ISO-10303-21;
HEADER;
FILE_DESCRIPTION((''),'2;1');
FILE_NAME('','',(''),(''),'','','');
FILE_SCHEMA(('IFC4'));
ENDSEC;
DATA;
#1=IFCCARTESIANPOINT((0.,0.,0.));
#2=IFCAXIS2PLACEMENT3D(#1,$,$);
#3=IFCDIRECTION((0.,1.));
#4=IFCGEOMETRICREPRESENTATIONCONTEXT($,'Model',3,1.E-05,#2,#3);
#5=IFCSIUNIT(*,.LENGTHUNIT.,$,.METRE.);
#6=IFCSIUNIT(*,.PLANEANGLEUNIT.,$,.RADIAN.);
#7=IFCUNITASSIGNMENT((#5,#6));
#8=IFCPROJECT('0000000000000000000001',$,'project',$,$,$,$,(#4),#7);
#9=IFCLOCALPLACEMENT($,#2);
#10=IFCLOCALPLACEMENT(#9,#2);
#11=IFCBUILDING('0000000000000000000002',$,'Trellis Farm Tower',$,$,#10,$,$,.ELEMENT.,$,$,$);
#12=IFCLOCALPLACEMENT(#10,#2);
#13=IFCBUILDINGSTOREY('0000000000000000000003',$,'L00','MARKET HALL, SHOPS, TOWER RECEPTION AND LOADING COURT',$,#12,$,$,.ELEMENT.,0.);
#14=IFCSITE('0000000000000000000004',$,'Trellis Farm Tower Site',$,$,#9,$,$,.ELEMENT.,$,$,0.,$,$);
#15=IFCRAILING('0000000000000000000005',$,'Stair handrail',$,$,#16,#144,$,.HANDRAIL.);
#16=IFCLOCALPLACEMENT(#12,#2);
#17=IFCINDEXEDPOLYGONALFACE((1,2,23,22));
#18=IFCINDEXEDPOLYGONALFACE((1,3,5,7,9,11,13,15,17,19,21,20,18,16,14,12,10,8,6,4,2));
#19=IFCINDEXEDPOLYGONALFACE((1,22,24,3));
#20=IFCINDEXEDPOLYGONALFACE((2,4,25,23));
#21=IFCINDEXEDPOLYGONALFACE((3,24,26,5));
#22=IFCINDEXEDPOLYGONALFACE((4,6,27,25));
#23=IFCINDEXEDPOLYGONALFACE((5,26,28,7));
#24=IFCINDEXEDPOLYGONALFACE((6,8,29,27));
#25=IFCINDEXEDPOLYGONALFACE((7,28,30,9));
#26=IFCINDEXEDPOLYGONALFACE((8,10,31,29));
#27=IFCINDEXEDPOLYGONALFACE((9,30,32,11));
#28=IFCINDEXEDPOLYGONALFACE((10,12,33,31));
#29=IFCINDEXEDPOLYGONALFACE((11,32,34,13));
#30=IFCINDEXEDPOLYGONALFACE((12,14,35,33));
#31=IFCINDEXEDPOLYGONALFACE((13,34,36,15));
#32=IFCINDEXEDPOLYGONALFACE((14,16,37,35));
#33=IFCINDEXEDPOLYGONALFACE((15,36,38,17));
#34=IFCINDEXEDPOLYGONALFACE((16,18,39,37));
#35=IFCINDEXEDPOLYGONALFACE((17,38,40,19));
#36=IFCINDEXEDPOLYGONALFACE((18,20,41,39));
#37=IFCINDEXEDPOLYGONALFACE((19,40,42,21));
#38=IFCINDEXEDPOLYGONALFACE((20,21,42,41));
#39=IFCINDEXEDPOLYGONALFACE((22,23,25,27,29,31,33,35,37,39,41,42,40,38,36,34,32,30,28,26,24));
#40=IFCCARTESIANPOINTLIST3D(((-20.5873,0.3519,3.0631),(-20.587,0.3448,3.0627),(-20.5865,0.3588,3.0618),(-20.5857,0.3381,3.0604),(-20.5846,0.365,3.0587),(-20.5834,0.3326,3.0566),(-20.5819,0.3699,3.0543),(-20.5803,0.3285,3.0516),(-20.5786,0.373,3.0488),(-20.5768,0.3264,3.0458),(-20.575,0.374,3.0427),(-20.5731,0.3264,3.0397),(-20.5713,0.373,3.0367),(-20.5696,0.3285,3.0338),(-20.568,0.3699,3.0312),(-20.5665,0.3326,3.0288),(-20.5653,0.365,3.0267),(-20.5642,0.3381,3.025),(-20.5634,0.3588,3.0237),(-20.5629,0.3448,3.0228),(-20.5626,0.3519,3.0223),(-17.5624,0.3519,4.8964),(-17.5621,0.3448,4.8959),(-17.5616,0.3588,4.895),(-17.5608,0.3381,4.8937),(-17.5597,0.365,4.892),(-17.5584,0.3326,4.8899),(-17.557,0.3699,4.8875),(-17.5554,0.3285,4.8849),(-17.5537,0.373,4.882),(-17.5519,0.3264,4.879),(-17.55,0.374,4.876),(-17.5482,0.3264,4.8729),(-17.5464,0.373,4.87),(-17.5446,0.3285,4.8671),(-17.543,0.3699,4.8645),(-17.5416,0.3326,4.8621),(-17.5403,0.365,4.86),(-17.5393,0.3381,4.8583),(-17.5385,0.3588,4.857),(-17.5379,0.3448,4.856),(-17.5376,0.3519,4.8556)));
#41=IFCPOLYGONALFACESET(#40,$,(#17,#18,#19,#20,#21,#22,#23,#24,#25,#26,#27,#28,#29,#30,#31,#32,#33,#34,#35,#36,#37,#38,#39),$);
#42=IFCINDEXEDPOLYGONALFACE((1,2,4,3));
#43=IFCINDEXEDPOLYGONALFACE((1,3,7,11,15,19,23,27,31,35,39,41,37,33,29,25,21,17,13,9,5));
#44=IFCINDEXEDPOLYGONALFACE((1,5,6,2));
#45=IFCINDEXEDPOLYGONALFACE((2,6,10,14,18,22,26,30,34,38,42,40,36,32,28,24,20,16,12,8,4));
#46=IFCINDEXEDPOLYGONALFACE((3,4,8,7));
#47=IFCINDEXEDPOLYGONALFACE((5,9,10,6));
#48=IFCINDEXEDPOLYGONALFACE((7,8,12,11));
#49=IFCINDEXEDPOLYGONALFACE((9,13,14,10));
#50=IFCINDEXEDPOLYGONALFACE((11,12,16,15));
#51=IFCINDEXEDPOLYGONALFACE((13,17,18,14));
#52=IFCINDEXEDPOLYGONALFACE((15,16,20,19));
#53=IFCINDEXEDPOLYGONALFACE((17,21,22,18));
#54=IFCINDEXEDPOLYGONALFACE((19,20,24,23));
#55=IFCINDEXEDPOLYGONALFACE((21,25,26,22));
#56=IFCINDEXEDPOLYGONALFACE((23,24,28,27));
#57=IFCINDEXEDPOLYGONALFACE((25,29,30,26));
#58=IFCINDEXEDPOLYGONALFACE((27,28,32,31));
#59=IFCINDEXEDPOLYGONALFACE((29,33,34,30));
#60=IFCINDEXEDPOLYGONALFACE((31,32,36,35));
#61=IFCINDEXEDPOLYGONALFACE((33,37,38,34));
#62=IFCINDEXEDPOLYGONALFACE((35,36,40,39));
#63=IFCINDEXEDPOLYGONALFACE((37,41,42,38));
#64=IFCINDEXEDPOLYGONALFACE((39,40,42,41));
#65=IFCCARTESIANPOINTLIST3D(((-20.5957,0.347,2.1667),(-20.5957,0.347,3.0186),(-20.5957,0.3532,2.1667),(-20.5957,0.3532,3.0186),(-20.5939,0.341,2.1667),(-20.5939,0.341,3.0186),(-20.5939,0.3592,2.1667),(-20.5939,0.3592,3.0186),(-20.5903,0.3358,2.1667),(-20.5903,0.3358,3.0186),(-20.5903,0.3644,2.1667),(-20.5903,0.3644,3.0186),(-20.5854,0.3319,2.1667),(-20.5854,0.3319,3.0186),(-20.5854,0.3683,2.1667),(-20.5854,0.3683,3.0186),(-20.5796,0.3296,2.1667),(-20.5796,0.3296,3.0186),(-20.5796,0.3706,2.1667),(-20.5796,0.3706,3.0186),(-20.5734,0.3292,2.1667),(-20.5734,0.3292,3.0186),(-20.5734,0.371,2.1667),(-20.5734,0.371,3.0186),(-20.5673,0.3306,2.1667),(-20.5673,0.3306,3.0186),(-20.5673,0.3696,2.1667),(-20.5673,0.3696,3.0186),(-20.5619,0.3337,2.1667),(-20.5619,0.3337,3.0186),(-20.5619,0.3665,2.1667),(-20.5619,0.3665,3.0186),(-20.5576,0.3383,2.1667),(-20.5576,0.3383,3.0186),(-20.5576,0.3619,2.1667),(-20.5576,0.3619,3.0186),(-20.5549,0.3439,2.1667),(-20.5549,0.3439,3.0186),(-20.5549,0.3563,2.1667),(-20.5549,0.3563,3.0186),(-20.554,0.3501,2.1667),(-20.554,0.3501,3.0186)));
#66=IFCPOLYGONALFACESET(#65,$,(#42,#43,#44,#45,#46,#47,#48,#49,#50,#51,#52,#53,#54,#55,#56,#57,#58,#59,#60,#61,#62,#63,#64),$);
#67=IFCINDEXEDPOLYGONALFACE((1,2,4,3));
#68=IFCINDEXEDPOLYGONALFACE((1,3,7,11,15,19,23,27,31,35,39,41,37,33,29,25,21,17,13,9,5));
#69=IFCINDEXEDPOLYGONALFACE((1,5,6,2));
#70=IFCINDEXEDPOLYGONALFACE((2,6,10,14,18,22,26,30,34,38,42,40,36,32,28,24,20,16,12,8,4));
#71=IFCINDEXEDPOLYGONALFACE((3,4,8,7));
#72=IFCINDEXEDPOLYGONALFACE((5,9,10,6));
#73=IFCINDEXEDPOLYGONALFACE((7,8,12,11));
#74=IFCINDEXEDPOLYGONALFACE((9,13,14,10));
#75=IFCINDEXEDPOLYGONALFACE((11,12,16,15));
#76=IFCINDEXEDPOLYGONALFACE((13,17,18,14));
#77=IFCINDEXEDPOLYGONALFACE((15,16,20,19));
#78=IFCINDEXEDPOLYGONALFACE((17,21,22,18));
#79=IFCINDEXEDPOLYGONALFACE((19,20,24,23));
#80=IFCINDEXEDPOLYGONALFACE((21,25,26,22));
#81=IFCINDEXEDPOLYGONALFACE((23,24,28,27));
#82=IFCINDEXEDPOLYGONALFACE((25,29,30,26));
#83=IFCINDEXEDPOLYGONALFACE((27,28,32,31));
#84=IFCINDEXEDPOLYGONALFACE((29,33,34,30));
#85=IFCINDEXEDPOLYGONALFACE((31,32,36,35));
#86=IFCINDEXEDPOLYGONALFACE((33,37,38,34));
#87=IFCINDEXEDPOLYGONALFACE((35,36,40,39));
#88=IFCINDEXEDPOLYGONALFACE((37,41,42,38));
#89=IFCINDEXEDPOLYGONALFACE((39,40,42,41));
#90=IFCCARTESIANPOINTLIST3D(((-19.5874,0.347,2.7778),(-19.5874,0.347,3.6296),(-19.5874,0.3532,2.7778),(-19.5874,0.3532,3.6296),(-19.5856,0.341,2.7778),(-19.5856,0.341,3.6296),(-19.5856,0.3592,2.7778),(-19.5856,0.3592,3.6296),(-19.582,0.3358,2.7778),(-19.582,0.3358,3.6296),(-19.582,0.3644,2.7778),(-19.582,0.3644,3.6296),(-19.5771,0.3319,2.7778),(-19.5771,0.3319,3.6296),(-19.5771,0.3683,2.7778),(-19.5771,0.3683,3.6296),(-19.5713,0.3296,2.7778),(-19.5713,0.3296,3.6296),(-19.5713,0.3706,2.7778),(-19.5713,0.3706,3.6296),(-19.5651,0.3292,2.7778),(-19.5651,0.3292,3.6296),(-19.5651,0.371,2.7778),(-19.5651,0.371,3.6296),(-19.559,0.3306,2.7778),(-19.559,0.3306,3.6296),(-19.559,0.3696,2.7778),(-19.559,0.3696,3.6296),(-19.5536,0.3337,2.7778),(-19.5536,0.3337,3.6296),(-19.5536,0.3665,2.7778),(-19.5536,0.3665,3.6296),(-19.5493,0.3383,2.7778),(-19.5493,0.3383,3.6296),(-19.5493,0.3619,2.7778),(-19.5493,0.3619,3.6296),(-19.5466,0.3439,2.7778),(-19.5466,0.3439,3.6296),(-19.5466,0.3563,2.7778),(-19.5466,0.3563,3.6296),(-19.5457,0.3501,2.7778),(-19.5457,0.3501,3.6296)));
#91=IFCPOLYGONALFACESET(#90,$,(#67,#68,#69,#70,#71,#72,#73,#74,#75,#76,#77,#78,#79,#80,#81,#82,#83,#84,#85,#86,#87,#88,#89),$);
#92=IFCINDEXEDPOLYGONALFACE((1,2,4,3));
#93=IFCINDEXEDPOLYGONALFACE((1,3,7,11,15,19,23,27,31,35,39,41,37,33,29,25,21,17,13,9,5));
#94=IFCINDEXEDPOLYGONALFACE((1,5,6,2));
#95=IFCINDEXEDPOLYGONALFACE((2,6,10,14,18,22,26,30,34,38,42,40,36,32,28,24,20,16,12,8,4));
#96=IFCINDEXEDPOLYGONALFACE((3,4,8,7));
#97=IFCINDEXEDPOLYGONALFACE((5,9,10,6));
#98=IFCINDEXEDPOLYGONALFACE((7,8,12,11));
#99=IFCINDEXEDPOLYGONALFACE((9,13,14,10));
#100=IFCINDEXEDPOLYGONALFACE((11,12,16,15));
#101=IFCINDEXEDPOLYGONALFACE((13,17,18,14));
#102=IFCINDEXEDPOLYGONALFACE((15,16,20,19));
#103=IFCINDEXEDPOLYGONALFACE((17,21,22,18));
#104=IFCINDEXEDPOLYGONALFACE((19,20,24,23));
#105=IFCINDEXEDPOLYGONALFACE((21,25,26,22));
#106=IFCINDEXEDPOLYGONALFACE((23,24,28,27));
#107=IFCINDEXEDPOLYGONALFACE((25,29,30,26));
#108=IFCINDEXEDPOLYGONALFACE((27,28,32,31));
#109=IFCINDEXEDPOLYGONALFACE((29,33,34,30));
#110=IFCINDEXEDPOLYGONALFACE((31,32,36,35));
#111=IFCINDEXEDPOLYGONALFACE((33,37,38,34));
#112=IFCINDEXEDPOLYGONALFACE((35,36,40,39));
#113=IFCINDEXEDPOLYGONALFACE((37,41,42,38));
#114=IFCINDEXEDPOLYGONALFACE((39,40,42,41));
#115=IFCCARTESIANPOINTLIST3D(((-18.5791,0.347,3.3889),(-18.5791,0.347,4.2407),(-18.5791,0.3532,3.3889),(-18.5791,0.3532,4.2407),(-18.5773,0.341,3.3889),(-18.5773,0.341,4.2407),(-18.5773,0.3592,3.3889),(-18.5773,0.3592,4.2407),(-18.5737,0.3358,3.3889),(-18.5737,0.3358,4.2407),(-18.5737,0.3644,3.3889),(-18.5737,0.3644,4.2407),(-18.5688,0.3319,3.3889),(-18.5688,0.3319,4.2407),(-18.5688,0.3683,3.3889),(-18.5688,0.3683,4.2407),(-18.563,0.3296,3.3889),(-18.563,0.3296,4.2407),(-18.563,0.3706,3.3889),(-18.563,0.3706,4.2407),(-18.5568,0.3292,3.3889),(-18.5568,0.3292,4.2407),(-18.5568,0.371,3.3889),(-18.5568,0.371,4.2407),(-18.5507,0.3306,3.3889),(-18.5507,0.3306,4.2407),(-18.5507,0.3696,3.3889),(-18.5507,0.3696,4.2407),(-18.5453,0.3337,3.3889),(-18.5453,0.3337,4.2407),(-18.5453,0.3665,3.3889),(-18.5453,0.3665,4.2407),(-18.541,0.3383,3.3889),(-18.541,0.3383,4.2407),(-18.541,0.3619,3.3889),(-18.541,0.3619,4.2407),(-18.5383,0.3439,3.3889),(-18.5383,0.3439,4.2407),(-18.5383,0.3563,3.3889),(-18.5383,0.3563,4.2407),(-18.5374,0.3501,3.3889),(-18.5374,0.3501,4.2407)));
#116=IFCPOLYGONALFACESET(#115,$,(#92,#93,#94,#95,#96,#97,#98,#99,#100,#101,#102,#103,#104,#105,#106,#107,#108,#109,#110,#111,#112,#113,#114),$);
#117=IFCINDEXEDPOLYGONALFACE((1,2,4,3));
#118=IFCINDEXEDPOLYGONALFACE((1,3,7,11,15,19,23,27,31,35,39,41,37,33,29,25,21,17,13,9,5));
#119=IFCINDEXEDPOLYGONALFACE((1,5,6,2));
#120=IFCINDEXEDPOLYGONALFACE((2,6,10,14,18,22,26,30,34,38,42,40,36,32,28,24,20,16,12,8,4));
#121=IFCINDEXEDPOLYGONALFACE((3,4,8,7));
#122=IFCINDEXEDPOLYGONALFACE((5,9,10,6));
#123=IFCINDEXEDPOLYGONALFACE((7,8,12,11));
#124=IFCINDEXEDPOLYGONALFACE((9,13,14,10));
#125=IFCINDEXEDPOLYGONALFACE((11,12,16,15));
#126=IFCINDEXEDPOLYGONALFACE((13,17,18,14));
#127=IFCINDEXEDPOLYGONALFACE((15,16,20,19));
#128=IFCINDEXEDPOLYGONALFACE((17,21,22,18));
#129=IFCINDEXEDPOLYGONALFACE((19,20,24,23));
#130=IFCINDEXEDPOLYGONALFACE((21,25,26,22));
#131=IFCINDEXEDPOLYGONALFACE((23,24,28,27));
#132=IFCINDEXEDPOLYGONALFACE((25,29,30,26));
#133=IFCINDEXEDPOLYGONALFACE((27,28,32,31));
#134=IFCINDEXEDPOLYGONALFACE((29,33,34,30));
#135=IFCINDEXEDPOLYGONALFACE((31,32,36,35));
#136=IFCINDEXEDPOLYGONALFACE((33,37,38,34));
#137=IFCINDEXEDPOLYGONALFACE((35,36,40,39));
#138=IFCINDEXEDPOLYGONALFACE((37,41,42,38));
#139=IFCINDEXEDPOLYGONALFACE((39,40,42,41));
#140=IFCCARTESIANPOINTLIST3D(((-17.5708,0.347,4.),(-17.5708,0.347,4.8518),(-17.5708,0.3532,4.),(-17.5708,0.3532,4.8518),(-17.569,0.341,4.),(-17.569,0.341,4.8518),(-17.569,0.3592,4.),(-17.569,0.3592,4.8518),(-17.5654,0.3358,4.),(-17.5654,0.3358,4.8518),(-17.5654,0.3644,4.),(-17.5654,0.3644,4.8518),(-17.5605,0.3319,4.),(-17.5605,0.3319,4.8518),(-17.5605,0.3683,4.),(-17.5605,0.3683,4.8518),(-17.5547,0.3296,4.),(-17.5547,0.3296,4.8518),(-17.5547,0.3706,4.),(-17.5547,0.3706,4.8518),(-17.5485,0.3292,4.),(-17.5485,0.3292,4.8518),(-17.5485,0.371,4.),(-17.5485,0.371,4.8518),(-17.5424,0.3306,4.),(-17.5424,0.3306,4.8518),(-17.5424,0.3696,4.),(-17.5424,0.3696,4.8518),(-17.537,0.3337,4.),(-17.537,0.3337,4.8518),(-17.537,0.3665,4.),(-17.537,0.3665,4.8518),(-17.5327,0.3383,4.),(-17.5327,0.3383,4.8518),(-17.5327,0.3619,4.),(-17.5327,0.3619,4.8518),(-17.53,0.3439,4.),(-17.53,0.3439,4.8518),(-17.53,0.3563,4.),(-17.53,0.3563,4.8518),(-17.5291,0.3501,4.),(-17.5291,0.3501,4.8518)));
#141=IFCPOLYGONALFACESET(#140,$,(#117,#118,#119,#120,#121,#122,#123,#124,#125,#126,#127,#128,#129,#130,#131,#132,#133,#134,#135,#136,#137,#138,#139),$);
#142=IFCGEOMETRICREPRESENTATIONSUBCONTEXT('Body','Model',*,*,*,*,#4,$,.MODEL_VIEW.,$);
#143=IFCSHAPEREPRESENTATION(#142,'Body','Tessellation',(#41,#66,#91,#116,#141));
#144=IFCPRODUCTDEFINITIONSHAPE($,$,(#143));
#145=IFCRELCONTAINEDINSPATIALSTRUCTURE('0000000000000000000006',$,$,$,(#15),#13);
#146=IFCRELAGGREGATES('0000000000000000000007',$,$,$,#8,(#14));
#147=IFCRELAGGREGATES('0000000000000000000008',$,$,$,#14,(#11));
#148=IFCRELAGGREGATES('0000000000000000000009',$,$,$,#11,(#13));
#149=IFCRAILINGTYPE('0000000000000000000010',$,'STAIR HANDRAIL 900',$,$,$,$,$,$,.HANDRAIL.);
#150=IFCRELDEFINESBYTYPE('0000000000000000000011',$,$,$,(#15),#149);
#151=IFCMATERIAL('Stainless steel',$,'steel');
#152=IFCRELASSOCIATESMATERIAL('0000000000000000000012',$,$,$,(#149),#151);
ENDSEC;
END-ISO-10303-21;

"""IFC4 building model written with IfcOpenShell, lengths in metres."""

from ifc_helpers import new_model, si_unit, direction, frame, origin, origin_2d, place, context, subcontext, project, spatial, circle, extrude, source, transform, mapped, material, type_object, element, save


model = new_model("IFC4")

# Units and contexts
model_context = context("Model", 3, precision=1e-05, world=origin(), true_north=direction((0.0, 1.0)))
body_context = subcontext(model_context, "Body", "Model", "MODEL_VIEW")
ifc_project = project(units=[si_unit("LENGTHUNIT", "METRE"), si_unit("PLANEANGLEUNIT", "RADIAN")], contexts=[model_context])

# Site, building, storey
site_placement = place(None, origin())
site = spatial("IfcSite", under=ifc_project, at=site_placement, Name="Trellis Farm Tower Site", CompositionType="ELEMENT", RefElevation=0.0)
building_placement = place(site_placement, origin())
building = spatial("IfcBuilding", under=site, at=building_placement, Name="Trellis Farm Tower", CompositionType="ELEMENT")
storey_placement = place(building_placement, origin())
storey = spatial("IfcBuildingStorey", under=building, at=storey_placement, Name="L00", Description="MARKET HALL, SHOPS, TOWER RECEPTION AND LOADING COURT", CompositionType="ELEMENT", Elevation=0.0)

# Railing
ifc_material_1 = material(Name="Stainless steel", Category="steel")
railing_type = type_object("IfcRailingType", Name="STAIR HANDRAIL 900", PredefinedType="HANDRAIL", material=ifc_material_1)
shared_shape_1 = source(origin(), body_context, "Body", "SweptSolid", [
    extrude(circle(Radius=0.0239, at=origin_2d()), frame((0.0, 0.0, 0.876), z_axis=(0.855201, 0.0, 0.518297), x_axis=(0.0, 1.0, 0.0)), (0.0, 0.0, 1.0), 3.5371),
    extrude(circle(Radius=0.021, at=origin_2d()), origin(), (0.0, 0.0, 1.0), 0.8518),
    extrude(circle(Radius=0.021, at=origin_2d()), frame((1.0083, 0.0, 0.6111)), (0.0, 0.0, 1.0), 0.8518),
    extrude(circle(Radius=0.021, at=origin_2d()), frame((2.0166, 0.0, 1.2222)), (0.0, 0.0, 1.0), 0.8518),
    extrude(circle(Radius=0.021, at=origin_2d()), frame((3.0249, 0.0, 1.8333)), (0.0, 0.0, 1.0), 0.8518),
])
for number, where, name in (
    (1, (-20.575, 0.3501, 2.1667), "Stair handrail"),
):
    element("IfcRailing", number, at=place(storey_placement, frame(where)), inside=storey, type_object=railing_type, Name=name, PredefinedType="HANDRAIL", context=body_context, shape_type="MappedRepresentation", body=[
        mapped(shared_shape_1, transform((0.0, 0.0, 0.0))),
    ])

save(model, "model.ifc")
